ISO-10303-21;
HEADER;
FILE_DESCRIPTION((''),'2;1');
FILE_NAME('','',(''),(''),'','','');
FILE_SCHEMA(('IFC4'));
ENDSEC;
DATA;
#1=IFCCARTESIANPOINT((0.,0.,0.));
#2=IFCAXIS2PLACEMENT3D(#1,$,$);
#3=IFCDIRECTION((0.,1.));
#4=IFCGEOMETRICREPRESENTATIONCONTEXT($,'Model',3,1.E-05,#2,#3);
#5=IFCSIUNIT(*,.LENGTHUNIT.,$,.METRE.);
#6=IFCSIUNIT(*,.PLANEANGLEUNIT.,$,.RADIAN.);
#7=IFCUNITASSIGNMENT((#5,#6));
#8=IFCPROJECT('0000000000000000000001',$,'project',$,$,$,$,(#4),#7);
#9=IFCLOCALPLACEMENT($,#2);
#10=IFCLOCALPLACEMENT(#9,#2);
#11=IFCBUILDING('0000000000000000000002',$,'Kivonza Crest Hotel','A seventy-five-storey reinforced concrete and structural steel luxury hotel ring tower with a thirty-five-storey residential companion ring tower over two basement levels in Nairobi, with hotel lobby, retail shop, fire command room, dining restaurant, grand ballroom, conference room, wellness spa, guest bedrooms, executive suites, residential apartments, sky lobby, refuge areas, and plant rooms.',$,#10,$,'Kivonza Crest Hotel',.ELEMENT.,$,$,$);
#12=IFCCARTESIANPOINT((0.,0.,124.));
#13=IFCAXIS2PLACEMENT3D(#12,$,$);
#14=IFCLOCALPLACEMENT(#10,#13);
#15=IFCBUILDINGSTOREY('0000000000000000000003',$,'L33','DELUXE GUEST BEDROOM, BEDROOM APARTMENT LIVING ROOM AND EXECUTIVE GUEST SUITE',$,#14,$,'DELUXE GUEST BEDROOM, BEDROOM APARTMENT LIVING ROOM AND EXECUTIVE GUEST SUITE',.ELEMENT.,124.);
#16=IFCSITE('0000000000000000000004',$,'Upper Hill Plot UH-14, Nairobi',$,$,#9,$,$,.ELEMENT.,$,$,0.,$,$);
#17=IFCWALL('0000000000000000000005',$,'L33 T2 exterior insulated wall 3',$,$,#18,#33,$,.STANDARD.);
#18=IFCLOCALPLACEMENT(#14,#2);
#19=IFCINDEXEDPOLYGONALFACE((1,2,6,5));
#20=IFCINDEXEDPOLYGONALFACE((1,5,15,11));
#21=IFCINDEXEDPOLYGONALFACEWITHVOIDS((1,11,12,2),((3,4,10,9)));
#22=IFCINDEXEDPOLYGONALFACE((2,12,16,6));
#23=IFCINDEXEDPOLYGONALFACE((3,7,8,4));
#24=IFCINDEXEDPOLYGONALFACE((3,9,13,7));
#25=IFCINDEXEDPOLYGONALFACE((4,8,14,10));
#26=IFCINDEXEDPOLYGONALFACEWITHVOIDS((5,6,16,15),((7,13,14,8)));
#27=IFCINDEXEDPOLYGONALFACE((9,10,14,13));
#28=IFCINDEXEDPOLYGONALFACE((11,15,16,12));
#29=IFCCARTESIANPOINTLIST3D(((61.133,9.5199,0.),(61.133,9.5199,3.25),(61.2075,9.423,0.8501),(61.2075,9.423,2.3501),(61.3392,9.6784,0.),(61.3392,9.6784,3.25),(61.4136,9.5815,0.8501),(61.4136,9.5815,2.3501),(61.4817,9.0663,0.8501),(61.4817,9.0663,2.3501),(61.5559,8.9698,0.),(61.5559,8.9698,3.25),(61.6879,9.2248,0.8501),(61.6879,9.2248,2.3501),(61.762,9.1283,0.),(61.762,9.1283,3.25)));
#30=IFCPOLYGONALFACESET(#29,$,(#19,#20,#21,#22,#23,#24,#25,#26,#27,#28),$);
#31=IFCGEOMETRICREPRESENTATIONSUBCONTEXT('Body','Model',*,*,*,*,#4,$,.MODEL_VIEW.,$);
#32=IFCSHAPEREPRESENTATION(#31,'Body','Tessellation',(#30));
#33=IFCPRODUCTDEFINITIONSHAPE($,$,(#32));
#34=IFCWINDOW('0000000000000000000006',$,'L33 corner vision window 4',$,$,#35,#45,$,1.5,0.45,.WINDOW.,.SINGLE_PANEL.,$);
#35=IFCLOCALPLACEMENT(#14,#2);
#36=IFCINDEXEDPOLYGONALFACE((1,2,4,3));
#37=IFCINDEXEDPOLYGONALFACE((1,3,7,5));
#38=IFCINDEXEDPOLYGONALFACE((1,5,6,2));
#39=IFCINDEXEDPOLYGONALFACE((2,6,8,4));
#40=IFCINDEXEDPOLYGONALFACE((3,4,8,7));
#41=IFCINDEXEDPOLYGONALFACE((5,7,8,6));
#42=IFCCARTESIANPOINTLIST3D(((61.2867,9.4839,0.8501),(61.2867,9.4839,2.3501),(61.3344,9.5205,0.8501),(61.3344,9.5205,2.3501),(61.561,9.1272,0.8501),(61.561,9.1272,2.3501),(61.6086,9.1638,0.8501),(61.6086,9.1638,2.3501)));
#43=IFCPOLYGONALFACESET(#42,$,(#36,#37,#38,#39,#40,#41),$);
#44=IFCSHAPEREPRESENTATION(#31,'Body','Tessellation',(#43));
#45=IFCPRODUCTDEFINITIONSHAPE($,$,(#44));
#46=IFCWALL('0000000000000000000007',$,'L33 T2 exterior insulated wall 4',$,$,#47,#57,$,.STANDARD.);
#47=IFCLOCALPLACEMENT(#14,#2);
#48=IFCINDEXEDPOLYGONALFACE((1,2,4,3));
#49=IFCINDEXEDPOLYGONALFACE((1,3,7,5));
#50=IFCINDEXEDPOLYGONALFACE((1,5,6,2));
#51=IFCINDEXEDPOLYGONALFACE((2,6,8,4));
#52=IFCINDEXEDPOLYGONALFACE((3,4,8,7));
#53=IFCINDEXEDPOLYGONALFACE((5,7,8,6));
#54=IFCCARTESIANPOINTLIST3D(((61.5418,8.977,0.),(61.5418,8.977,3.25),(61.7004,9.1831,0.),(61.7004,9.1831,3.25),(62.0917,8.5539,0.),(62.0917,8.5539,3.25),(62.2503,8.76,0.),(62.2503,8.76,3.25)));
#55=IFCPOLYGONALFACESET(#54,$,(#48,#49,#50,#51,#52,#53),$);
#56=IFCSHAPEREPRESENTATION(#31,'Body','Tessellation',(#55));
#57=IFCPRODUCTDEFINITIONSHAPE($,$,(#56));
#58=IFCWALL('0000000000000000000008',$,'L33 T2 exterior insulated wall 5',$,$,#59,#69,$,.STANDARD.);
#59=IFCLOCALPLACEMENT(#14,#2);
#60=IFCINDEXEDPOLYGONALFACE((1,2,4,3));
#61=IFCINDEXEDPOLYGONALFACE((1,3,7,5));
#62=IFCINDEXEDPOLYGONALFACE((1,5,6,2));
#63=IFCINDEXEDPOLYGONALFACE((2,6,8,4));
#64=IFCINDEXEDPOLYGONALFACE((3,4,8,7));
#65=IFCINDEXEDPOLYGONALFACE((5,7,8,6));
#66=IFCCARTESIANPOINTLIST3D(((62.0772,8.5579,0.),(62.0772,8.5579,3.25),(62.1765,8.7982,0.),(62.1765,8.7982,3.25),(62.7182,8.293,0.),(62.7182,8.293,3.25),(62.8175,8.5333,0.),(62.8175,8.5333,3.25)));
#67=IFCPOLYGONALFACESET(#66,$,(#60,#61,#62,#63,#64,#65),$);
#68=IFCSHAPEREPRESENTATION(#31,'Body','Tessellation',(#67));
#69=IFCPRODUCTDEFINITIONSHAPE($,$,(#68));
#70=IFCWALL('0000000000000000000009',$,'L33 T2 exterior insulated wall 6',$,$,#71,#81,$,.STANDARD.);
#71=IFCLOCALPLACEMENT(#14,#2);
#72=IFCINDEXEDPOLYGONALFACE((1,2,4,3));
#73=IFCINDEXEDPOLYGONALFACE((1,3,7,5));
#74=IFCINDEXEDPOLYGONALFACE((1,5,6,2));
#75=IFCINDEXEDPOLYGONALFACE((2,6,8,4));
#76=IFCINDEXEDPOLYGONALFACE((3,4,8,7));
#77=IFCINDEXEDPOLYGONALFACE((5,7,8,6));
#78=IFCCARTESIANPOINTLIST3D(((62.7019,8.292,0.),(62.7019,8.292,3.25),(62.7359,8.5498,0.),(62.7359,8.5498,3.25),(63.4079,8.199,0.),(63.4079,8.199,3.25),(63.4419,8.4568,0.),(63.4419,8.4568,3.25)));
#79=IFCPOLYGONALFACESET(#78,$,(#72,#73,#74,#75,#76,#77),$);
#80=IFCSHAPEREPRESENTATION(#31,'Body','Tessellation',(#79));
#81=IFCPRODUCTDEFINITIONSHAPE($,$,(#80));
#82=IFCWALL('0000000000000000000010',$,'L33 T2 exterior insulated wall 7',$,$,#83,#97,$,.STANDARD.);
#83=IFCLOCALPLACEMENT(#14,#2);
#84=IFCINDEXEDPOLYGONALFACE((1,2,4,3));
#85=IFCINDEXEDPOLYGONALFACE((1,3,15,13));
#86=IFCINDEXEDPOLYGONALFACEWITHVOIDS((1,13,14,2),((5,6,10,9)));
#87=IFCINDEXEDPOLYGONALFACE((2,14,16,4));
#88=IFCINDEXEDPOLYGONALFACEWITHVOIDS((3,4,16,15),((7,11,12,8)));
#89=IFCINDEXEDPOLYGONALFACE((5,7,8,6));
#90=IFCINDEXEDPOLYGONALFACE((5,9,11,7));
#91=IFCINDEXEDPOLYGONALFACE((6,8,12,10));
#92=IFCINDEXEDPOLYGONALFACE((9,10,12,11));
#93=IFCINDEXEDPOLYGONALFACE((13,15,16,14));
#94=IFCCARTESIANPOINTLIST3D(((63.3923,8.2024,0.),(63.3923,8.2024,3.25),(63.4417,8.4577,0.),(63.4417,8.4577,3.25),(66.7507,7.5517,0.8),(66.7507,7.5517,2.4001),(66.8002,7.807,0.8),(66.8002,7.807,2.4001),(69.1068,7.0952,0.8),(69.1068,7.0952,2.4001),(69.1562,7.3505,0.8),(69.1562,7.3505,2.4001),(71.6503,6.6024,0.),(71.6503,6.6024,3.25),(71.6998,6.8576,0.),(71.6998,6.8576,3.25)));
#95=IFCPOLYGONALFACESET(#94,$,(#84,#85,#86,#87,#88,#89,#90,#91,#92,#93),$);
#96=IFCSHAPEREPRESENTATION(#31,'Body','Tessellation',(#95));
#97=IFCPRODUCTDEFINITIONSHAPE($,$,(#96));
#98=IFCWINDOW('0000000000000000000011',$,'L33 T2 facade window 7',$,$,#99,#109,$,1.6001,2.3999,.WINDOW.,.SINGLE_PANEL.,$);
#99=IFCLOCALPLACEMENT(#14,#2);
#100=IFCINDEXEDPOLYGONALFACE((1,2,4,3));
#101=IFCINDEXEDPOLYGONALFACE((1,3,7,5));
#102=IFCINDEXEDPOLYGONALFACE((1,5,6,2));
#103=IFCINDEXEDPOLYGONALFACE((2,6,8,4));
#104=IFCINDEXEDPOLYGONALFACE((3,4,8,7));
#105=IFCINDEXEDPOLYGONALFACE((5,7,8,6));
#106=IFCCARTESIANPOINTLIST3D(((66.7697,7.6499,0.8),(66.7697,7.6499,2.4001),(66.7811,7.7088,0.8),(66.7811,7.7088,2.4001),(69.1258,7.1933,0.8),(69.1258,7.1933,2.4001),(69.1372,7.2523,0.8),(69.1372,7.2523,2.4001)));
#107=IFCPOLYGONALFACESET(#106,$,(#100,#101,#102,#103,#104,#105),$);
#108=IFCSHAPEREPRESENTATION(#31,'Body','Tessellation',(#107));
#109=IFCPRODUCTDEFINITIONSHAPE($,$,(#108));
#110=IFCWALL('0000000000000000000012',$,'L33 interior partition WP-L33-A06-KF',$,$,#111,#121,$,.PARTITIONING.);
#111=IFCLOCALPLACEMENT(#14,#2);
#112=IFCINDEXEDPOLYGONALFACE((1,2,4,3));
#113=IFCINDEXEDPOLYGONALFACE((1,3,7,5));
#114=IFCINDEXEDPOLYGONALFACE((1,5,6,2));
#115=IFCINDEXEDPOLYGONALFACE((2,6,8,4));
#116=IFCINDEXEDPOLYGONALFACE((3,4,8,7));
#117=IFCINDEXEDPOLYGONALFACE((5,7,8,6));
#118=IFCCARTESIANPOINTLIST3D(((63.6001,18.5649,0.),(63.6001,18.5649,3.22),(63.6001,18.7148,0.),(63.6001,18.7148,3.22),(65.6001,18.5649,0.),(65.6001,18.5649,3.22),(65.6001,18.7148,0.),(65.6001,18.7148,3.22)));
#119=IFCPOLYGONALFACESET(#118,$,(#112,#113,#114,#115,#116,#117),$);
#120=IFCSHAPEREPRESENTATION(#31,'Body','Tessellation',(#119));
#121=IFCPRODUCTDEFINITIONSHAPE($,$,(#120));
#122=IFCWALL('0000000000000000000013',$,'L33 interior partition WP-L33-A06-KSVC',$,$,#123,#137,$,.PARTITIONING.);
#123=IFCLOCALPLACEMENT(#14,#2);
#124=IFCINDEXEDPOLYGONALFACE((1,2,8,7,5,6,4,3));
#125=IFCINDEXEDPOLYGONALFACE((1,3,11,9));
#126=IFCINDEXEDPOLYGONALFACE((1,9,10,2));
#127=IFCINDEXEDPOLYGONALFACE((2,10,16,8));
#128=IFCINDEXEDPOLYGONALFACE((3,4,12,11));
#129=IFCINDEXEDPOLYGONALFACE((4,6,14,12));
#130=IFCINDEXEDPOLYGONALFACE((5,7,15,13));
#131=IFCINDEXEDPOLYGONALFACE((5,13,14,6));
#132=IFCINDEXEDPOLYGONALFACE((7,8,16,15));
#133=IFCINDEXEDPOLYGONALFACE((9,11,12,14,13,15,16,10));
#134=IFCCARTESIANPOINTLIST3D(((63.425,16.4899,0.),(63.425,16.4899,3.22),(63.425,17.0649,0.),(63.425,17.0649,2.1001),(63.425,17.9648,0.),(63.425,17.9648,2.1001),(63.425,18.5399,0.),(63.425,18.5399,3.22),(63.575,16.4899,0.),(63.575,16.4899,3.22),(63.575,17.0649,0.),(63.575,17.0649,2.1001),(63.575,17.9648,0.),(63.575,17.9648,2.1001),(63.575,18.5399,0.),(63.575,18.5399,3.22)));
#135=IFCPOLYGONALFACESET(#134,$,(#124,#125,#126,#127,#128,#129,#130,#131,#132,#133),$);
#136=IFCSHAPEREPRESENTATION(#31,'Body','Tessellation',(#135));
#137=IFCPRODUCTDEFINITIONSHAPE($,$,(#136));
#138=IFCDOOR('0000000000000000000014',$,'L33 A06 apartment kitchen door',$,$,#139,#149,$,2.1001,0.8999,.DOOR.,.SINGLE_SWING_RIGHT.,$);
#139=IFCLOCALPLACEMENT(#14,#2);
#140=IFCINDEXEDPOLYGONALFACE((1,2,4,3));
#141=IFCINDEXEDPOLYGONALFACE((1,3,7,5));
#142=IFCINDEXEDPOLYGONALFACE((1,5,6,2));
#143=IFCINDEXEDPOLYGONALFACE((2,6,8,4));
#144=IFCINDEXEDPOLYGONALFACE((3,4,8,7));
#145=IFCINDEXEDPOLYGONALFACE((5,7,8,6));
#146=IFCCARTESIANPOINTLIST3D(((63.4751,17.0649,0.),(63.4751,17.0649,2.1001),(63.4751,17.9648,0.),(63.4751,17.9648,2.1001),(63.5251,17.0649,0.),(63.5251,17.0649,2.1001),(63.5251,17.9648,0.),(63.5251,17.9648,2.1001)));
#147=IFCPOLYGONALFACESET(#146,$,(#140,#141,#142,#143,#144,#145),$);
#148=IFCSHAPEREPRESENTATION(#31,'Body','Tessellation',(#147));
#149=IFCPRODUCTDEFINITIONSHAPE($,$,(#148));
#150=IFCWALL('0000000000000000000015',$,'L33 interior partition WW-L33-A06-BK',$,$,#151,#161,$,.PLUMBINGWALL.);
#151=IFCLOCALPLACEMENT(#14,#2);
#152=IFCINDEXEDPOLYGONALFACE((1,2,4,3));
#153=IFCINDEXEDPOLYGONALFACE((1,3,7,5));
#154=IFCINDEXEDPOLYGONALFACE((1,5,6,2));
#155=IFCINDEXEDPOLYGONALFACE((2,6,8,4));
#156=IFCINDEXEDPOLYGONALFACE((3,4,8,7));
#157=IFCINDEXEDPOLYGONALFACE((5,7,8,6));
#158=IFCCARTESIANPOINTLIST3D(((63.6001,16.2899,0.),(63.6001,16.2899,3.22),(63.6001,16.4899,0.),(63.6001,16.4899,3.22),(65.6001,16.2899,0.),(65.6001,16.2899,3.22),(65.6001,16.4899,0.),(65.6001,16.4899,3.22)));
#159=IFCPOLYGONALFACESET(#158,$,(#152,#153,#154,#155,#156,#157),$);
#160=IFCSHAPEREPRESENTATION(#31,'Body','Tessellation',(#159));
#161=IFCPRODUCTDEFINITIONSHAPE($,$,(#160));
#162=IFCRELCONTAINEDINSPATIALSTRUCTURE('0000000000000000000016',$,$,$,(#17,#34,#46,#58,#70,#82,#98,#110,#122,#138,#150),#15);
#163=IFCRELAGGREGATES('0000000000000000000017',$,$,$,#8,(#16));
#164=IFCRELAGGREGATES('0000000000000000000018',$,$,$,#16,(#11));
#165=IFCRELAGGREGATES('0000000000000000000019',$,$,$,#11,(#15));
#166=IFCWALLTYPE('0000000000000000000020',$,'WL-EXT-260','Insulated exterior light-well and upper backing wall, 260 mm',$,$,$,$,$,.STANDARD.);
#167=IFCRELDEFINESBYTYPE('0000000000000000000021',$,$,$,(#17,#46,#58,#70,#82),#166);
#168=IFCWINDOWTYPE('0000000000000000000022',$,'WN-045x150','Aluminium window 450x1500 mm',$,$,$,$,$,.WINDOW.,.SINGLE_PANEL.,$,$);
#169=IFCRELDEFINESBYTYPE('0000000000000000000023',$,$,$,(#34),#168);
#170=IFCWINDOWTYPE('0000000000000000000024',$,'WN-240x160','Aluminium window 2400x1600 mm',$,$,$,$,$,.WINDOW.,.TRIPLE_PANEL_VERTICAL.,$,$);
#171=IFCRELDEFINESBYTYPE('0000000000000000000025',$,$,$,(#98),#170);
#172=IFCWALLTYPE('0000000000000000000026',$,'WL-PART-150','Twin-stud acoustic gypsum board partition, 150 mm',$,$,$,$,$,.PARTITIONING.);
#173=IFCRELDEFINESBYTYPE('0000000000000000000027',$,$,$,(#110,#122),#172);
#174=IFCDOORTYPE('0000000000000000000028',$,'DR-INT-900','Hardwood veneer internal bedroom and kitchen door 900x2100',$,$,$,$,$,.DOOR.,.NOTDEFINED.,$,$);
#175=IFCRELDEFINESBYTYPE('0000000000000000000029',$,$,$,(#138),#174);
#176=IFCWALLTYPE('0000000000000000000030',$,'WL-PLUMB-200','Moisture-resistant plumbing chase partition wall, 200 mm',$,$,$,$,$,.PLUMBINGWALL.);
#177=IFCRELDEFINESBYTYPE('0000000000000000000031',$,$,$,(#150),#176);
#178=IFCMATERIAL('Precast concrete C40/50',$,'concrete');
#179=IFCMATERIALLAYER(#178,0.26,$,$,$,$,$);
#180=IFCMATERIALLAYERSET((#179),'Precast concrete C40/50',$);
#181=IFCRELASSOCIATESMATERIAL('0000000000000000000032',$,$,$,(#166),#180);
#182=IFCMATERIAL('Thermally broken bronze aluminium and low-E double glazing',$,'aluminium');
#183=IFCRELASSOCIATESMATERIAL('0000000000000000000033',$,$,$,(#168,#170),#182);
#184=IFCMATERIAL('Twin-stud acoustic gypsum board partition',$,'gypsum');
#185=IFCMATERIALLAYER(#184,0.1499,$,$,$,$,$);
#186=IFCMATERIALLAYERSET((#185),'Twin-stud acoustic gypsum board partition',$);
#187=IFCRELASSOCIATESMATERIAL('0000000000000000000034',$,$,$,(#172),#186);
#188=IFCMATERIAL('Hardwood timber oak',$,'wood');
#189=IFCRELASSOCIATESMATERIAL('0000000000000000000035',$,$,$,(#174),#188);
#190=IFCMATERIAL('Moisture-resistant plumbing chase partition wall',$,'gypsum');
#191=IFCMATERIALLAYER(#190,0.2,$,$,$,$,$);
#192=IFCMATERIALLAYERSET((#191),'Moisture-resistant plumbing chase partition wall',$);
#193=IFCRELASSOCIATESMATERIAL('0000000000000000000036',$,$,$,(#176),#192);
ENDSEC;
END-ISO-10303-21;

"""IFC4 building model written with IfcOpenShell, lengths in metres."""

from ifc_helpers import new_model, si_unit, direction, frame, frame_2d, origin, place, context, subcontext, project, spatial, rectangle, extrude, material, layer, layer_set, type_object, element, fill, save


model = new_model("IFC4")

# Units and contexts
model_context = context("Model", 3, precision=1e-05, world=origin(), true_north=direction((0.0, 1.0)))
body_context = subcontext(model_context, "Body", "Model", "MODEL_VIEW")
ifc_project = project(units=[si_unit("LENGTHUNIT", "METRE"), si_unit("PLANEANGLEUNIT", "RADIAN")], contexts=[model_context])

# Site, building, storey
site_placement = place(None, origin())
site = spatial("IfcSite", under=ifc_project, at=site_placement, Name="Upper Hill Plot UH-14, Nairobi", CompositionType="ELEMENT", RefElevation=0.0)
building_placement = place(site_placement, origin())
building = spatial("IfcBuilding", under=site, at=building_placement, Name="Kivonza Crest Hotel", Description="A seventy-five-storey reinforced concrete and structural steel luxury hotel ring tower with a thirty-five-storey residential companion ring tower over two basement levels in Nairobi, with hotel lobby, retail shop, fire command room, dining restaurant, grand ballroom, conference room, wellness spa, guest bedrooms, executive suites, residential apartments, sky lobby, refuge areas, and plant rooms.", LongName="Kivonza Crest Hotel", CompositionType="ELEMENT")
storey_placement = place(building_placement, frame((0.0, 0.0, 124.0)))
storey = spatial("IfcBuildingStorey", under=building, at=storey_placement, Name="L33", Description="DELUXE GUEST BEDROOM, BEDROOM APARTMENT LIVING ROOM AND EXECUTIVE GUEST SUITE", LongName="DELUXE GUEST BEDROOM, BEDROOM APARTMENT LIVING ROOM AND EXECUTIVE GUEST SUITE", CompositionType="ELEMENT", Elevation=124.0)

# Shared definitions
ifc_material_1 = material(Name="Precast concrete C40/50", Category="concrete")
ifc_layer_1 = layer(ifc_material_1, 0.26)
ifc_layer_set_1 = layer_set([ifc_layer_1], Name="Precast concrete C40/50")
wall_type_1 = type_object("IfcWallType", Name="WL-EXT-260", Description="Insulated exterior light-well and upper backing wall, 260 mm", PredefinedType="STANDARD", material=ifc_layer_set_1)

# Wall, opening, window
wall_1_placement = place(storey_placement, frame((61.2361, 9.5991, 0.0), z_axis=(0.0, 0.0, 1.0), x_axis=(0.609473, -0.792807, 0.0)))
wall_1 = element("IfcWall", 1, at=wall_1_placement, inside=storey, type_object=wall_type_1, Name="L33 T2 exterior insulated wall 3", PredefinedType="STANDARD", context=body_context, shape_type="SweptSolid", body=[
    extrude(rectangle(XDim=0.6938, YDim=0.26, at=frame_2d((0.3469, 0.0))), origin(), (0.0, 0.0, 1.0), 3.25),
])
opening_1_placement = place(wall_1_placement, frame((0.1221, 0.0, 0.8501)))
opening_1 = element("IfcOpeningElement", 2, at=opening_1_placement, cuts=wall_1, PredefinedType="OPENING", context=body_context, shape_type="SweptSolid", body=[
    extrude(rectangle(XDim=0.45, YDim=1.5, at=frame_2d((0.2251, 0.75))), frame((0.0, 0.1401, 0.0), z_axis=(0.0, -1.0, 0.0), x_axis=(1.0, 0.0, 0.0)), (0.0, 0.0, 1.0), 0.28),
])
ifc_material_2 = material(Name="Thermally broken bronze aluminium and low-E double glazing", Category="aluminium")
window_type_1 = type_object("IfcWindowType", Name="WN-045x150", Description="Aluminium window 450x1500 mm", PartitioningType="SINGLE_PANEL", PredefinedType="WINDOW", material=ifc_material_2)
window_1_placement = place(opening_1_placement, origin())
window_1 = element("IfcWindow", 3, at=window_1_placement, inside=storey, type_object=window_type_1, Name="L33 corner vision window 4", OverallHeight=1.5, OverallWidth=0.45, PartitioningType="SINGLE_PANEL", PredefinedType="WINDOW", context=body_context, shape_type="SweptSolid", body=[
    extrude(rectangle(XDim=0.45, YDim=1.5, at=frame_2d((0.2251, 0.75))), frame((0.0, 0.03, 0.0), z_axis=(0.0, -1.0, 0.0), x_axis=(1.0, 0.0, 0.0)), (0.0, 0.0, 1.0), 0.0601),
])
fill(opening_1, window_1)

# Walls
wall_2_placement = place(storey_placement, frame((61.6211, 9.0801, 0.0), z_axis=(0.0, 0.0, 1.0), x_axis=(0.792506, -0.609864, 0.0)))
element("IfcWall", 4, at=wall_2_placement, inside=storey, type_object=wall_type_1, Name="L33 T2 exterior insulated wall 4", PredefinedType="STANDARD", context=body_context, shape_type="SweptSolid", body=[
    extrude(rectangle(XDim=0.6938, YDim=0.26, at=frame_2d((0.3469, 0.0))), origin(), (0.0, 0.0, 1.0), 3.25),
])
wall_3_placement = place(storey_placement, frame((62.127, 8.678, 0.0), z_axis=(0.0, 0.0, 1.0), x_axis=(0.924218, -0.381865, 0.0)))
element("IfcWall", 5, at=wall_3_placement, inside=storey, type_object=wall_type_1, Name="L33 T2 exterior insulated wall 5", PredefinedType="STANDARD", context=body_context, shape_type="SweptSolid", body=[
    extrude(rectangle(XDim=0.6936, YDim=0.26, at=frame_2d((0.3467, 0.0))), origin(), (0.0, 0.0, 1.0), 3.25),
])
wall_4_placement = place(storey_placement, frame((62.719, 8.4209, 0.0), z_axis=(0.0, 0.0, 1.0), x_axis=(0.991433, -0.130614, 0.0)))
element("IfcWall", 6, at=wall_4_placement, inside=storey, type_object=wall_type_1, Name="L33 T2 exterior insulated wall 6", PredefinedType="STANDARD", context=body_context, shape_type="SweptSolid", body=[
    extrude(rectangle(XDim=0.7122, YDim=0.26, at=frame_2d((0.356, 0.0))), origin(), (0.0, 0.0, 1.0), 3.25),
])

# Wall, opening, window
wall_5_placement = place(storey_placement, frame((63.417, 8.3301, 0.0), z_axis=(0.0, 0.0, 1.0), x_axis=(0.981741, -0.190224, 0.0)))
wall_5 = element("IfcWall", 7, at=wall_5_placement, inside=storey, type_object=wall_type_1, Name="L33 T2 exterior insulated wall 7", PredefinedType="STANDARD", context=body_context, shape_type="SweptSolid", body=[
    extrude(rectangle(XDim=8.4116, YDim=0.26, at=frame_2d((4.2058, 0.0))), origin(), (0.0, 0.0, 1.0), 3.25),
])
opening_2_placement = place(wall_5_placement, frame((3.4209, 0.0, 0.8)))
opening_2 = element("IfcOpeningElement", 8, at=opening_2_placement, cuts=wall_5, PredefinedType="OPENING", context=body_context, shape_type="SweptSolid", body=[
    extrude(rectangle(XDim=2.3999, YDim=1.6001, at=frame_2d((1.2, 0.8))), frame((0.0, 0.1401, 0.0), z_axis=(0.0, -1.0, 0.0), x_axis=(1.0, 0.0, 0.0)), (0.0, 0.0, 1.0), 0.28),
])
window_type_2 = type_object("IfcWindowType", Name="WN-240x160", Description="Aluminium window 2400x1600 mm", PartitioningType="TRIPLE_PANEL_VERTICAL", PredefinedType="WINDOW", material=ifc_material_2)
window_2_placement = place(opening_2_placement, origin())
window_2 = element("IfcWindow", 9, at=window_2_placement, inside=storey, type_object=window_type_2, Name="L33 T2 facade window 7", OverallHeight=1.6001, OverallWidth=2.3999, PartitioningType="SINGLE_PANEL", PredefinedType="WINDOW", context=body_context, shape_type="SweptSolid", body=[
    extrude(rectangle(XDim=2.3999, YDim=1.6001, at=frame_2d((1.2, 0.8))), frame((0.0, 0.03, 0.0), z_axis=(0.0, -1.0, 0.0), x_axis=(1.0, 0.0, 0.0)), (0.0, 0.0, 1.0), 0.0601),
])
fill(opening_2, window_2)

# Wall
ifc_material_3 = material(Name="Twin-stud acoustic gypsum board partition", Category="gypsum")
ifc_layer_2 = layer(ifc_material_3, 0.1499)
ifc_layer_set_2 = layer_set([ifc_layer_2], Name="Twin-stud acoustic gypsum board partition")
wall_type_2 = type_object("IfcWallType", Name="WL-PART-150", Description="Twin-stud acoustic gypsum board partition, 150 mm", PredefinedType="PARTITIONING", material=ifc_layer_set_2)
wall_6_placement = place(storey_placement, frame((63.6001, 18.6399, 0.0), z_axis=(0.0, 0.0, 1.0), x_axis=(1.0, 0.0, 0.0)))
element("IfcWall", 10, at=wall_6_placement, inside=storey, type_object=wall_type_2, Name="L33 interior partition WP-L33-A06-KF", PredefinedType="PARTITIONING", context=body_context, shape_type="SweptSolid", body=[
    extrude(rectangle(XDim=2.0, YDim=0.1499, at=frame_2d((1.0, 0.0))), origin(), (0.0, 0.0, 1.0), 3.22),
])

# Wall, opening, door
wall_7_placement = place(storey_placement, frame((63.5, 16.49, 0.0), z_axis=(0.0, 0.0, 1.0), x_axis=(0.0, 1.0, 0.0)))
wall_7 = element("IfcWall", 11, at=wall_7_placement, inside=storey, type_object=wall_type_2, Name="L33 interior partition WP-L33-A06-KSVC", PredefinedType="PARTITIONING", context=body_context, shape_type="SweptSolid", body=[
    extrude(rectangle(XDim=2.05, YDim=0.1499, at=frame_2d((1.0249, 0.0))), origin(), (0.0, 0.0, 1.0), 3.22),
])
opening_3_placement = place(wall_7_placement, frame((0.575, 0.0, 0.0)))
opening_3 = element("IfcOpeningElement", 12, at=opening_3_placement, cuts=wall_7, PredefinedType="OPENING", context=body_context, shape_type="SweptSolid", body=[
    extrude(rectangle(XDim=0.8999, YDim=2.1001, at=frame_2d((0.45, 1.05))), frame((0.0, 0.085, 0.0), z_axis=(0.0, -1.0, 0.0), x_axis=(1.0, 0.0, 0.0)), (0.0, 0.0, 1.0), 0.1699),
])
ifc_material_4 = material(Name="Hardwood timber oak", Category="wood")
door_type_1 = type_object("IfcDoorType", Name="DR-INT-900", Description="Hardwood veneer internal bedroom and kitchen door 900x2100", OperationType="NOTDEFINED", PredefinedType="DOOR", material=ifc_material_4)
door_1_placement = place(opening_3_placement, origin())
door_1 = element("IfcDoor", 13, at=door_1_placement, inside=storey, type_object=door_type_1, Name="L33 A06 apartment kitchen door", OperationType="SINGLE_SWING_RIGHT", OverallHeight=2.1001, OverallWidth=0.8999, PredefinedType="DOOR", context=body_context, shape_type="SweptSolid", body=[
    extrude(rectangle(XDim=0.8999, YDim=2.1001, at=frame_2d((0.45, 1.05))), frame((0.0, 0.0249, 0.0), z_axis=(0.0, -1.0, 0.0), x_axis=(1.0, 0.0, 0.0)), (0.0, 0.0, 1.0), 0.05),
])
fill(opening_3, door_1)

# Wall
ifc_material_5 = material(Name="Moisture-resistant plumbing chase partition wall", Category="gypsum")
ifc_layer_3 = layer(ifc_material_5, 0.2)
ifc_layer_set_3 = layer_set([ifc_layer_3], Name="Moisture-resistant plumbing chase partition wall")
wall_type_3 = type_object("IfcWallType", Name="WL-PLUMB-200", Description="Moisture-resistant plumbing chase partition wall, 200 mm", PredefinedType="PLUMBINGWALL", material=ifc_layer_set_3)
wall_8_placement = place(storey_placement, frame((63.6001, 16.3899, 0.0), z_axis=(0.0, 0.0, 1.0), x_axis=(1.0, 0.0, 0.0)))
element("IfcWall", 14, at=wall_8_placement, inside=storey, type_object=wall_type_3, Name="L33 interior partition WW-L33-A06-BK", PredefinedType="PLUMBINGWALL", context=body_context, shape_type="SweptSolid", body=[
    extrude(rectangle(XDim=2.0, YDim=0.2, at=frame_2d((1.0, 0.0))), origin(), (0.0, 0.0, 1.0), 3.22),
])

save(model, "model.ifc")
